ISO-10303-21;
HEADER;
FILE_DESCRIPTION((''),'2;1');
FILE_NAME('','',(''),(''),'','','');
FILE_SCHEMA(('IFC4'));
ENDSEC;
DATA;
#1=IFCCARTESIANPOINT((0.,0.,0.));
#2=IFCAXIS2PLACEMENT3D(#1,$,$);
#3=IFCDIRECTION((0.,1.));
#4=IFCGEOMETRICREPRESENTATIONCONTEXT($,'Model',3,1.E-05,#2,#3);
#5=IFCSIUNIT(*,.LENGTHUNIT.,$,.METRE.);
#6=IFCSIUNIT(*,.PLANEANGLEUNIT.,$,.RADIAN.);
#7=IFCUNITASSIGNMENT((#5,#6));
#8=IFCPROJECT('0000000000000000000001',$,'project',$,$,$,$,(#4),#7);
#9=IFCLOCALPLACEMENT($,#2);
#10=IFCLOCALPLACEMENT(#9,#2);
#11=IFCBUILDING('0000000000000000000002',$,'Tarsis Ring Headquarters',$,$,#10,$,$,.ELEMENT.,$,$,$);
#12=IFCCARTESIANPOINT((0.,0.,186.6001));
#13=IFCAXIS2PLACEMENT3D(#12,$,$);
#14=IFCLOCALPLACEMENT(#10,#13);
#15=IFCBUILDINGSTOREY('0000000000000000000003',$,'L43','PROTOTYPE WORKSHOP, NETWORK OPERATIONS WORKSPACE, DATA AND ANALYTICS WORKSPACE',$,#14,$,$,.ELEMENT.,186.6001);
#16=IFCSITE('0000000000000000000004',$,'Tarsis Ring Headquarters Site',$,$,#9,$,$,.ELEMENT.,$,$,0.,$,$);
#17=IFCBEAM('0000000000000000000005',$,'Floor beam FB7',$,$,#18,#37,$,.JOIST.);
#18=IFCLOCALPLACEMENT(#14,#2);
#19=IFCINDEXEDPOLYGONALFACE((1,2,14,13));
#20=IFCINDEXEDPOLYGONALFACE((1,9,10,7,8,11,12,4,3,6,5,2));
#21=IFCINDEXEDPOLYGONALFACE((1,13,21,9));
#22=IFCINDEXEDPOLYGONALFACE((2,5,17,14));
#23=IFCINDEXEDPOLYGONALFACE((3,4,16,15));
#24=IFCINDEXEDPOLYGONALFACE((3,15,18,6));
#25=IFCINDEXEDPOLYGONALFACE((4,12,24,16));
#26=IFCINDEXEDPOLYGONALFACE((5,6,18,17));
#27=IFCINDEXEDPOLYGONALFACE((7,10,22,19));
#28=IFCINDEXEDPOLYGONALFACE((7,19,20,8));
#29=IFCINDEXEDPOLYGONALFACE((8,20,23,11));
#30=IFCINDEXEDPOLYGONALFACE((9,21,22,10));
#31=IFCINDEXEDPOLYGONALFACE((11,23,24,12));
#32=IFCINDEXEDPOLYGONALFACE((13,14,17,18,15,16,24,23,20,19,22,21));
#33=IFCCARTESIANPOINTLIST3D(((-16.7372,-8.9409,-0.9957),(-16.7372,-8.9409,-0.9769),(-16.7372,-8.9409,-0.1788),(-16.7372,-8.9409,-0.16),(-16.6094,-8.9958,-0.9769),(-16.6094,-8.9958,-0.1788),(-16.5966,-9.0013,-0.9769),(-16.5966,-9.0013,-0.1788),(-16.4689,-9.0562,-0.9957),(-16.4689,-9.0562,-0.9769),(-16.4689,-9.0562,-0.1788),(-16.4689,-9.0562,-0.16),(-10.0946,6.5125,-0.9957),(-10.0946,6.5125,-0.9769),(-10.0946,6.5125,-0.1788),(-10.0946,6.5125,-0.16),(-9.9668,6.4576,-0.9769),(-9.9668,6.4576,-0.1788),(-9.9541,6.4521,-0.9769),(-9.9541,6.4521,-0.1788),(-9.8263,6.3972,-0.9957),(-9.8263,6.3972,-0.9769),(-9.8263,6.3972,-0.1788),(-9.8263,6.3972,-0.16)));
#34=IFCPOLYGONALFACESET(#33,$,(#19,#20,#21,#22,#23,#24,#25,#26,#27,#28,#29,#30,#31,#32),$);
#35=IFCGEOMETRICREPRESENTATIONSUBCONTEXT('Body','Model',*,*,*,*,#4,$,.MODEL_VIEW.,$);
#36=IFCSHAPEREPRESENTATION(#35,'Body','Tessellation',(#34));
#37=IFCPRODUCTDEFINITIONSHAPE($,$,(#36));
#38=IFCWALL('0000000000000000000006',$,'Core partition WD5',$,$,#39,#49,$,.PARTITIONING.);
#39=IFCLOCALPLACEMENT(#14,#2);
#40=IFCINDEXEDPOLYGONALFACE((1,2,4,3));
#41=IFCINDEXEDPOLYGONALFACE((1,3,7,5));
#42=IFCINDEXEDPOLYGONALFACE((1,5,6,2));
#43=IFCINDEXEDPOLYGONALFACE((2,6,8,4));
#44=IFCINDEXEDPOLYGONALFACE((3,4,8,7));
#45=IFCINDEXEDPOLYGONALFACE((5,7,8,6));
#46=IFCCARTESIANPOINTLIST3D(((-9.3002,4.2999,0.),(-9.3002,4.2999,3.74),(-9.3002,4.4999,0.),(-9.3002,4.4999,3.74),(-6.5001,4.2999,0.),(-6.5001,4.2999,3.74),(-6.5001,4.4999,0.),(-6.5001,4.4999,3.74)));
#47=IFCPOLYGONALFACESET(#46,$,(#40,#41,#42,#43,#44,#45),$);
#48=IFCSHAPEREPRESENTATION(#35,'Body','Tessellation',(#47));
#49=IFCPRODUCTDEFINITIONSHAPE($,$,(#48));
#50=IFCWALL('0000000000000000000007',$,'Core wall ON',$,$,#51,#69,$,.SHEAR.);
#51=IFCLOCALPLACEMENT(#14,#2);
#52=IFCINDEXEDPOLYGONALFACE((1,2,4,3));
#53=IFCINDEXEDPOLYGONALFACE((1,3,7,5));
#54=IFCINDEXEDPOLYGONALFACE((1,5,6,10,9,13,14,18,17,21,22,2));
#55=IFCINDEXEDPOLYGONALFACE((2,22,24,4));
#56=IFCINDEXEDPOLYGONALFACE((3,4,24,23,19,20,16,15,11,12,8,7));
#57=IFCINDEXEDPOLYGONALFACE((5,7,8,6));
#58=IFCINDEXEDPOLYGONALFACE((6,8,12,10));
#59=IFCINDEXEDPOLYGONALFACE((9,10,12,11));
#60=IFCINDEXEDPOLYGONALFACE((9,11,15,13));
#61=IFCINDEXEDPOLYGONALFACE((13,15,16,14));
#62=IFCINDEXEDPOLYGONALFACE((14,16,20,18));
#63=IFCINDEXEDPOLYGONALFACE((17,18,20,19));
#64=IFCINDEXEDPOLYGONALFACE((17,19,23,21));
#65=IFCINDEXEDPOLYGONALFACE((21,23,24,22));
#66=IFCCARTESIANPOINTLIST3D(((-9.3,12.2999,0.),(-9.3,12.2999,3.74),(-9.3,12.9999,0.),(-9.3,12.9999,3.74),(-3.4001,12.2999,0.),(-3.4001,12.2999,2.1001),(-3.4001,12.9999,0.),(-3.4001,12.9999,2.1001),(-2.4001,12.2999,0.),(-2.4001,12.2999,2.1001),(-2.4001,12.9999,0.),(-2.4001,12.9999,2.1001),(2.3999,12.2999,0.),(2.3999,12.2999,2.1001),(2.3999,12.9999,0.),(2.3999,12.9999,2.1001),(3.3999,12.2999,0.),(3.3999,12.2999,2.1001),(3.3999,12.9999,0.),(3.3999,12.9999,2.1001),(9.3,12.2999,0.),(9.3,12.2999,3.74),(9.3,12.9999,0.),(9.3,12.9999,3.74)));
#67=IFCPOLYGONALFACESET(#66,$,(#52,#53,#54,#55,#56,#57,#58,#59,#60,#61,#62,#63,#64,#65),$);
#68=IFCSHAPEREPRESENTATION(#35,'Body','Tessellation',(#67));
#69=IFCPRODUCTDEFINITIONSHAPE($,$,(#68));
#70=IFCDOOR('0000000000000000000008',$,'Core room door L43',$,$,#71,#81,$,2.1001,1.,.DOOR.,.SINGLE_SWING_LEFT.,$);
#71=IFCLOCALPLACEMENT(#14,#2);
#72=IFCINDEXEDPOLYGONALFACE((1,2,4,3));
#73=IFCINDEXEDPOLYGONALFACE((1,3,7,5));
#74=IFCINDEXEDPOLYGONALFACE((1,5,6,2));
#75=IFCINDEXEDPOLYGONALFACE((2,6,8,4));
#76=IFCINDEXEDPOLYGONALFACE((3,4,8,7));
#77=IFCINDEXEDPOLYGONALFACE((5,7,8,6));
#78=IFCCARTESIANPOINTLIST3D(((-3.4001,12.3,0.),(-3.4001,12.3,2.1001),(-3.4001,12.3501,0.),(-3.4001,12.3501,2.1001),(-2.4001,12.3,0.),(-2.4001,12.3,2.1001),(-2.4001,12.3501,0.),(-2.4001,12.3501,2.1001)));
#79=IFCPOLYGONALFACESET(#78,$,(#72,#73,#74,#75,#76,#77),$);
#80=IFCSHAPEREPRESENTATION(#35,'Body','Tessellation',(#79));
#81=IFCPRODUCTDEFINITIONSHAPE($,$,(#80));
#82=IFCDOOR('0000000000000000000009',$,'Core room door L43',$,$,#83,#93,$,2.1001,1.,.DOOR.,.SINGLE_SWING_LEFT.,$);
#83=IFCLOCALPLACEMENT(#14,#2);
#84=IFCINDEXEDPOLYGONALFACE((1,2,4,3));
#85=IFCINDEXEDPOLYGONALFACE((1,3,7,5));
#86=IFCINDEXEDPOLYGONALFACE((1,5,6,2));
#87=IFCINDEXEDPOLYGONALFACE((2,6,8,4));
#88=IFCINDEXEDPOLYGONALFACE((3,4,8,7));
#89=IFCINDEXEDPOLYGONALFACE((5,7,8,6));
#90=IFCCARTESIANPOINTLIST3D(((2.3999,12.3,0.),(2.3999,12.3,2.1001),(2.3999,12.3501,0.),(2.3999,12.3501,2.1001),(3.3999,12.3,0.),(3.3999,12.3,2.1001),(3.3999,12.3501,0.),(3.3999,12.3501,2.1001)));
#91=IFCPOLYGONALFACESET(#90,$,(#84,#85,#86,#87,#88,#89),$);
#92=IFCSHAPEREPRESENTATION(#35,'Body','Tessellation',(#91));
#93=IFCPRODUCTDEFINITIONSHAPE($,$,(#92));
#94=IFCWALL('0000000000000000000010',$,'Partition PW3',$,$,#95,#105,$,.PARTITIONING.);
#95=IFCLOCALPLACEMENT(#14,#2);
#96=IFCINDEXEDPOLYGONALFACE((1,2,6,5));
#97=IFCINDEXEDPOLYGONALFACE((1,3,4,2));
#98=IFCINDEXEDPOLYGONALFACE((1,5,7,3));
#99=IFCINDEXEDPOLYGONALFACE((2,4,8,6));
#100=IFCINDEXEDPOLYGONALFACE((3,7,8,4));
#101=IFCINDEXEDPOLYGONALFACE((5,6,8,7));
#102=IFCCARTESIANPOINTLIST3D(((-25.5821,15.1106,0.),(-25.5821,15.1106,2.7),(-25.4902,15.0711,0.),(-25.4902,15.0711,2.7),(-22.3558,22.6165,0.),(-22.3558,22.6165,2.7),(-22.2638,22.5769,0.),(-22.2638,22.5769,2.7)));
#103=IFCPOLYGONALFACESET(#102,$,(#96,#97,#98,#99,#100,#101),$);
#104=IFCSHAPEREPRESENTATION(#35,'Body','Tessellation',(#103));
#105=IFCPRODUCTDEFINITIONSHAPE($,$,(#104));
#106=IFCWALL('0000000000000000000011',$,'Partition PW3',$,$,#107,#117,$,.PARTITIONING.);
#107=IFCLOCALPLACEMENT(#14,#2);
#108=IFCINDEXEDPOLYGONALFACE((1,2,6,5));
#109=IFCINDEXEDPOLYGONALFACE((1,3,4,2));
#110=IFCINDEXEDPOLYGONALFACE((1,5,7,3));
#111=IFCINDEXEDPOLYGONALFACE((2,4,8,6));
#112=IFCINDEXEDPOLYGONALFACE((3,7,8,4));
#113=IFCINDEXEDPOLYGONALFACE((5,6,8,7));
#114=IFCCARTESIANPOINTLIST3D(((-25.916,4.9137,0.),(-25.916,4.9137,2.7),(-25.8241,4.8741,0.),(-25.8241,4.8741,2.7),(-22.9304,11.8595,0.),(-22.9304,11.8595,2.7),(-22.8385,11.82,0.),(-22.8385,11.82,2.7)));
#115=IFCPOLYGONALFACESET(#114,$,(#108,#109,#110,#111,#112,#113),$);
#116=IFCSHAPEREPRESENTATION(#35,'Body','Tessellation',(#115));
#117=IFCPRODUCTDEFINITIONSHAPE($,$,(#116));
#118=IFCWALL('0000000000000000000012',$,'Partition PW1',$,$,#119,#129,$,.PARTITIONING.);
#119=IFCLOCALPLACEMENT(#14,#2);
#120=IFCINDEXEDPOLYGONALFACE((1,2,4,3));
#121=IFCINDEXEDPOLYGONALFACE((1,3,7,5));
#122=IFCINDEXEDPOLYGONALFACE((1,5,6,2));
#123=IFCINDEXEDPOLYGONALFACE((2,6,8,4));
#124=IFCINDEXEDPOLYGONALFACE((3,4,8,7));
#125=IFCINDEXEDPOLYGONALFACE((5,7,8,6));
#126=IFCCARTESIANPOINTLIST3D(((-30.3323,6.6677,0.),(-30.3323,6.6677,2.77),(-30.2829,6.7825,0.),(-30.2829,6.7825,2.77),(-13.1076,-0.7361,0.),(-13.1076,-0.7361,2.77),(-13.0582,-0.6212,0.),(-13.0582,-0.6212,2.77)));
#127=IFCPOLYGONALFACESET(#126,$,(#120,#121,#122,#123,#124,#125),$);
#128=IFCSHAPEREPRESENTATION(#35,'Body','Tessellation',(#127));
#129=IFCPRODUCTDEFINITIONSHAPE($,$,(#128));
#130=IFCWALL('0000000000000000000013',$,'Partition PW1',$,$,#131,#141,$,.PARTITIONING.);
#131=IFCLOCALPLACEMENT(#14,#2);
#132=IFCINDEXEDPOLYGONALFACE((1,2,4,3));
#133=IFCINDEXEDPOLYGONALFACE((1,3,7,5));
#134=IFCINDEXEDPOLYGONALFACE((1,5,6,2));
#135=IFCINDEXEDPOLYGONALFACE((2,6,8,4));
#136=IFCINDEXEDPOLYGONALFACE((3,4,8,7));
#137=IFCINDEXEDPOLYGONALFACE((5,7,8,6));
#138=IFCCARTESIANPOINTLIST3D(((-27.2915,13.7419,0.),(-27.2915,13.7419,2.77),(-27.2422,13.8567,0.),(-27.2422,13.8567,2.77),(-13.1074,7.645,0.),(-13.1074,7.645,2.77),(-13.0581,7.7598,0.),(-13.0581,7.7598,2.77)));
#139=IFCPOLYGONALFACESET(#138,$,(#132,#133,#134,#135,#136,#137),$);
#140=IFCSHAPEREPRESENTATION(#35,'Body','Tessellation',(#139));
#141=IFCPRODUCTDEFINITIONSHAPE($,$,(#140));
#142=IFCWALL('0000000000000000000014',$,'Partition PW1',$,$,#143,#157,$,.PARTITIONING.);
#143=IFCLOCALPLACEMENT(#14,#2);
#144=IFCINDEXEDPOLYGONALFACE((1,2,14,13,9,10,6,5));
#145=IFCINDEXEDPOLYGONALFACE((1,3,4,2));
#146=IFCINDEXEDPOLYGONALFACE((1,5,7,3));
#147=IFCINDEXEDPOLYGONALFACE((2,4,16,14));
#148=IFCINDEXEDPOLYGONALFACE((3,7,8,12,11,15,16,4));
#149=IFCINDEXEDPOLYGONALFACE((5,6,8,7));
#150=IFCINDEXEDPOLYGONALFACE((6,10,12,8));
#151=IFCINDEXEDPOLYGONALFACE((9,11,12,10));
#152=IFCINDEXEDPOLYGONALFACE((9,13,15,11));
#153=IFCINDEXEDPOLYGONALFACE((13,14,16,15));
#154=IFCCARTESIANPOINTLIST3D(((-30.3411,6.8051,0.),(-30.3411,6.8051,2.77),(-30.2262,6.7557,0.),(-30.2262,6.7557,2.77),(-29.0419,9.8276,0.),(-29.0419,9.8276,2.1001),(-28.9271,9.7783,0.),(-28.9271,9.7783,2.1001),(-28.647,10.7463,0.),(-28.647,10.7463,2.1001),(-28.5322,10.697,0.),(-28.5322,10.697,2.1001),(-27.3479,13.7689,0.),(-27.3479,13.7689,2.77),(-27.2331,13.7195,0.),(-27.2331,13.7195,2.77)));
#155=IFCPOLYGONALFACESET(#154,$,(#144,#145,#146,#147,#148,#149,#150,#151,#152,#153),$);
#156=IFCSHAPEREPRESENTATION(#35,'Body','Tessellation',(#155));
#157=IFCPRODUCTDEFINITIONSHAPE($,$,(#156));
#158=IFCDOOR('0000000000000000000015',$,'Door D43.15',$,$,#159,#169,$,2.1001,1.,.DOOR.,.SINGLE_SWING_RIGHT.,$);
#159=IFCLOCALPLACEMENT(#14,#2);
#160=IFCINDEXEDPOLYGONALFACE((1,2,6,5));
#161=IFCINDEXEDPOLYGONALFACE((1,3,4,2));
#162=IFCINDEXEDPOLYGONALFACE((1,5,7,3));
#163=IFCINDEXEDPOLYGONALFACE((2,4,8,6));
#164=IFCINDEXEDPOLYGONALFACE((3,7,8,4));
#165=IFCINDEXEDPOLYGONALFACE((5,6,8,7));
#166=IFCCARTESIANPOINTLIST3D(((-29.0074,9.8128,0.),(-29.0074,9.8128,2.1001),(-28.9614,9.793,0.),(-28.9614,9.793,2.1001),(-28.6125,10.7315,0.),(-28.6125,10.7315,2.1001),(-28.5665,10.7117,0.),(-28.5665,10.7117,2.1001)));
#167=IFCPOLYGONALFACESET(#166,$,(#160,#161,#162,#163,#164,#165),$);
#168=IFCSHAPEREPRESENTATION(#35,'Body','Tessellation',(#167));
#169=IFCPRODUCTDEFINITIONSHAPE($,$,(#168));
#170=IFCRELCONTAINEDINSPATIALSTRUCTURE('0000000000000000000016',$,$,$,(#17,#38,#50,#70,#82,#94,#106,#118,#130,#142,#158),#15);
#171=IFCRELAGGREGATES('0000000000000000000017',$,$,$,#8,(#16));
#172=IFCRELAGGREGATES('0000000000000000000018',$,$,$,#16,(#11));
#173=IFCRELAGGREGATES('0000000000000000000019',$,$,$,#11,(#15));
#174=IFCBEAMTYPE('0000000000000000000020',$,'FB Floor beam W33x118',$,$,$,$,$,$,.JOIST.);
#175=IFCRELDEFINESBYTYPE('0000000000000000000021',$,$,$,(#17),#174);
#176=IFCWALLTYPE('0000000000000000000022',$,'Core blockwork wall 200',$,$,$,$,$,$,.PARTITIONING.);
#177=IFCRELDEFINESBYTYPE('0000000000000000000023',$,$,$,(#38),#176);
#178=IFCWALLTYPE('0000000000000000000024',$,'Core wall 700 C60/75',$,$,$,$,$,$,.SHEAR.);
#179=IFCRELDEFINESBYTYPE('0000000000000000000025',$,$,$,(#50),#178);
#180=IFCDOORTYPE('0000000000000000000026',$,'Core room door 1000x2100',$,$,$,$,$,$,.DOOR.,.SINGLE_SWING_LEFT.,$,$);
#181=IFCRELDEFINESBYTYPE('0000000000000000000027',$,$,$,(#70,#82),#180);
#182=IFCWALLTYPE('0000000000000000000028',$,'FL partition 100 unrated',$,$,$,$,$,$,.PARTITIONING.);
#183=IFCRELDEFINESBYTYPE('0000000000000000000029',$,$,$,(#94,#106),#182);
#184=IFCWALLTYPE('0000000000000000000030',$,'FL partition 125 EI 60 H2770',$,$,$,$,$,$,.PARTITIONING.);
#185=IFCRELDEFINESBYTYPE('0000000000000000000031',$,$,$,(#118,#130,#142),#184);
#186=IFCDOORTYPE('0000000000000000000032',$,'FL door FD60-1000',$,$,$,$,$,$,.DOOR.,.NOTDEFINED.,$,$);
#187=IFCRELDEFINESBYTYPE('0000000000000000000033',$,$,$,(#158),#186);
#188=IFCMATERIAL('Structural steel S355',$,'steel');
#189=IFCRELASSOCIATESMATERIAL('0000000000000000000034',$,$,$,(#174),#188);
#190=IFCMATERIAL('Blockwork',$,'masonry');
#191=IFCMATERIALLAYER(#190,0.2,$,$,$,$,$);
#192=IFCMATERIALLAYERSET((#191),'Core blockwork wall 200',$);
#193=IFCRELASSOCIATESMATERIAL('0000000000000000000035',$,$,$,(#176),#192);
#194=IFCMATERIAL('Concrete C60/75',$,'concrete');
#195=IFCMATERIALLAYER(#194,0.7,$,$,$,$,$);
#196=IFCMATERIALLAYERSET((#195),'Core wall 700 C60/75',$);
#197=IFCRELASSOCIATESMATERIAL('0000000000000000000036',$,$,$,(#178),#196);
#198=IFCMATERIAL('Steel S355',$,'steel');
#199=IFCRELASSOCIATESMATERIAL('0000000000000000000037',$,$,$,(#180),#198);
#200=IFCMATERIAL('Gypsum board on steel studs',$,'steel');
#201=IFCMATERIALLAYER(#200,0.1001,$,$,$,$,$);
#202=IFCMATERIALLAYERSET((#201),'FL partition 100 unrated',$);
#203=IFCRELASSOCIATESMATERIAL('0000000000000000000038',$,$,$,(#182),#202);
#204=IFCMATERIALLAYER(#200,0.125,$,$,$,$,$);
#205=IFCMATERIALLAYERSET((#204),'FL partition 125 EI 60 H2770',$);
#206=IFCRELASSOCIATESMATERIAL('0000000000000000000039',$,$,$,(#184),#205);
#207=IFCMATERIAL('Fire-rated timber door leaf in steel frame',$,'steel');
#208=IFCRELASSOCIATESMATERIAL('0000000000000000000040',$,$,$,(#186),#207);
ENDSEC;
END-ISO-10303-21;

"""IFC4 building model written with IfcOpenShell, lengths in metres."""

from ifc_helpers import new_model, si_unit, direction, frame, frame_2d, origin, origin_2d, place, context, subcontext, project, spatial, rectangle, i_section, extrude, material, layer, layer_set, material_profile, profile_set, type_object, element, fill, save


model = new_model("IFC4")

# Units and contexts
model_context = context("Model", 3, precision=1e-05, world=origin(), true_north=direction((0.0, 1.0)))
body_context = subcontext(model_context, "Body", "Model", "MODEL_VIEW")
ifc_project = project(units=[si_unit("LENGTHUNIT", "METRE"), si_unit("PLANEANGLEUNIT", "RADIAN")], contexts=[model_context])

# Site, building, storey
site_placement = place(None, origin())
site = spatial("IfcSite", under=ifc_project, at=site_placement, Name="Tarsis Ring Headquarters Site", CompositionType="ELEMENT", RefElevation=0.0)
building_placement = place(site_placement, origin())
building = spatial("IfcBuilding", under=site, at=building_placement, Name="Tarsis Ring Headquarters", CompositionType="ELEMENT")
storey_placement = place(building_placement, frame((0.0, 0.0, 186.6001)))
storey = spatial("IfcBuildingStorey", under=building, at=storey_placement, Name="L43", Description="PROTOTYPE WORKSHOP, NETWORK OPERATIONS WORKSPACE, DATA AND ANALYTICS WORKSPACE", CompositionType="ELEMENT", Elevation=186.6001)

# Beam
ifc_material_1 = material(Name="Structural steel S355", Category="steel")
ifc_material_profile = material_profile(ifc_material_1, i_section(OverallWidth=0.292, OverallDepth=0.8357, WebThickness=0.0139, FlangeThickness=0.0188, at=origin_2d()), Name="W33x118")
ifc_profile_set = profile_set([ifc_material_profile], Name="Structural steel S355")
beam_type = type_object("IfcBeamType", Name="FB Floor beam W33x118", PredefinedType="JOIST", material=ifc_profile_set)
beam_placement = place(storey_placement, frame((-9.9604, 6.4548, -0.5779), z_axis=(-0.394909, -0.91872, 0.0), x_axis=(0.91872, -0.394909, 0.0)))
element("IfcBeam", 1, at=beam_placement, inside=storey, type_object=beam_type, Name="Floor beam FB7", PredefinedType="JOIST", context=body_context, shape_type="SweptSolid", body=[
    extrude(i_section(OverallWidth=0.292, OverallDepth=0.8357, WebThickness=0.0139, FlangeThickness=0.0188, at=origin_2d()), origin(), (0.0, 0.0, 1.0), 16.8206),
])

# Wall
ifc_material_2 = material(Name="Blockwork", Category="masonry")
ifc_layer_1 = layer(ifc_material_2, 0.2)
ifc_layer_set_1 = layer_set([ifc_layer_1], Name="Core blockwork wall 200")
wall_type_1 = type_object("IfcWallType", Name="Core blockwork wall 200", PredefinedType="PARTITIONING", material=ifc_layer_set_1)
wall_1_placement = place(storey_placement, frame((-9.3, 4.3999, 0.0), z_axis=(0.0, 0.0, 1.0), x_axis=(1.0, 0.0, 0.0)))
element("IfcWall", 2, at=wall_1_placement, inside=storey, type_object=wall_type_1, Name="Core partition WD5", PredefinedType="PARTITIONING", context=body_context, shape_type="SweptSolid", body=[
    extrude(rectangle(XDim=2.8, YDim=0.2, at=frame_2d((1.3999, 0.0))), origin(), (0.0, 0.0, 1.0), 3.74),
])

# Wall, openings, doors
ifc_material_3 = material(Name="Concrete C60/75", Category="concrete")
ifc_layer_2 = layer(ifc_material_3, 0.7)
ifc_layer_set_2 = layer_set([ifc_layer_2], Name="Core wall 700 C60/75")
wall_type_2 = type_object("IfcWallType", Name="Core wall 700 C60/75", PredefinedType="SHEAR", material=ifc_layer_set_2)
wall_2_placement = place(storey_placement, frame((-9.3, 12.6499, 0.0), z_axis=(0.0, 0.0, 1.0), x_axis=(1.0, 0.0, 0.0)))
wall_2 = element("IfcWall", 3, at=wall_2_placement, inside=storey, type_object=wall_type_2, Name="Core wall ON", PredefinedType="SHEAR", context=body_context, shape_type="SweptSolid", body=[
    extrude(rectangle(XDim=18.6001, YDim=0.7, at=frame_2d((9.3, 0.0))), origin(), (0.0, 0.0, 1.0), 3.74),
])
opening_1_placement = place(wall_2_placement, frame((5.8999, 0.0, 0.0)))
opening_1 = element("IfcOpeningElement", 4, at=opening_1_placement, cuts=wall_2, PredefinedType="OPENING", context=body_context, shape_type="SweptSolid", body=[
    extrude(rectangle(XDim=1.0, YDim=2.1001, at=frame_2d((0.5, 1.05))), frame((0.0, 0.3599, 0.0), z_axis=(0.0, -1.0, 0.0), x_axis=(1.0, 0.0, 0.0)), (0.0, 0.0, 1.0), 0.72),
])
opening_2_placement = place(wall_2_placement, frame((11.7, 0.0, 0.0)))
opening_2 = element("IfcOpeningElement", 5, at=opening_2_placement, cuts=wall_2, PredefinedType="OPENING", context=body_context, shape_type="SweptSolid", body=[
    extrude(rectangle(XDim=1.0, YDim=2.1001, at=frame_2d((0.5, 1.05))), frame((0.0, 0.3599, 0.0), z_axis=(0.0, -1.0, 0.0), x_axis=(1.0, 0.0, 0.0)), (0.0, 0.0, 1.0), 0.72),
])
ifc_material_4 = material(Name="Steel S355", Category="steel")
door_type_1 = type_object("IfcDoorType", Name="Core room door 1000x2100", OperationType="SINGLE_SWING_LEFT", PredefinedType="DOOR", material=ifc_material_4)
door_1_placement = place(opening_1_placement, origin())
door_1 = element("IfcDoor", 6, at=door_1_placement, inside=storey, type_object=door_type_1, Name="Core room door L43", OperationType="SINGLE_SWING_LEFT", OverallHeight=2.1001, OverallWidth=1.0, PredefinedType="DOOR", context=body_context, shape_type="SweptSolid", body=[
    extrude(rectangle(XDim=1.0, YDim=2.1001, at=frame_2d((0.5, 1.05))), frame((0.0, -0.2998, 0.0), z_axis=(0.0, -1.0, 0.0), x_axis=(1.0, 0.0, 0.0)), (0.0, 0.0, 1.0), 0.05),
])
fill(opening_1, door_1)
door_2_placement = place(opening_2_placement, origin())
door_2 = element("IfcDoor", 7, at=door_2_placement, inside=storey, type_object=door_type_1, Name="Core room door L43", OperationType="SINGLE_SWING_LEFT", OverallHeight=2.1001, OverallWidth=1.0, PredefinedType="DOOR", context=body_context, shape_type="SweptSolid", body=[
    extrude(rectangle(XDim=1.0, YDim=2.1001, at=frame_2d((0.5, 1.05))), frame((0.0, -0.2998, 0.0), z_axis=(0.0, -1.0, 0.0), x_axis=(1.0, 0.0, 0.0)), (0.0, 0.0, 1.0), 0.05),
])
fill(opening_2, door_2)

# Walls
ifc_material_5 = material(Name="Gypsum board on steel studs", Category="steel")
ifc_layer_3 = layer(ifc_material_5, 0.1001)
ifc_layer_set_3 = layer_set([ifc_layer_3], Name="FL partition 100 unrated")
wall_type_3 = type_object("IfcWallType", Name="FL partition 100 unrated", PredefinedType="PARTITIONING", material=ifc_layer_set_3)
wall_3_placement = place(storey_placement, frame((-25.5361, 15.0908, 0.0), z_axis=(0.0, 0.0, 1.0), x_axis=(0.394904, 0.918723, 0.0)))
element("IfcWall", 8, at=wall_3_placement, inside=storey, type_object=wall_type_3, Name="Partition PW3", PredefinedType="PARTITIONING", context=body_context, shape_type="SweptSolid", body=[
    extrude(rectangle(XDim=8.1699, YDim=0.1001, at=frame_2d((4.085, 0.0))), origin(), (0.0, 0.0, 1.0), 2.7),
])
wall_4_placement = place(storey_placement, frame((-25.8701, 4.8938, 0.0), z_axis=(0.0, 0.0, 1.0), x_axis=(0.394905, 0.918722, 0.0)))
element("IfcWall", 9, at=wall_4_placement, inside=storey, type_object=wall_type_3, Name="Partition PW3", PredefinedType="PARTITIONING", context=body_context, shape_type="SweptSolid", body=[
    extrude(rectangle(XDim=7.5603, YDim=0.1001, at=frame_2d((3.7803, 0.0))), origin(), (0.0, 0.0, 1.0), 2.7),
])
ifc_layer_4 = layer(ifc_material_5, 0.125)
ifc_layer_set_4 = layer_set([ifc_layer_4], Name="FL partition 125 EI 60 H2770")
wall_type_4 = type_object("IfcWallType", Name="FL partition 125 EI 60 H2770", PredefinedType="PARTITIONING", material=ifc_layer_set_4)
wall_5_placement = place(storey_placement, frame((-30.3076, 6.7251, 0.0), z_axis=(0.0, 0.0, 1.0), x_axis=(0.918725, -0.394898, 0.0)))
element("IfcWall", 10, at=wall_5_placement, inside=storey, type_object=wall_type_4, Name="Partition PW1", PredefinedType="PARTITIONING", context=body_context, shape_type="SweptSolid", body=[
    extrude(rectangle(XDim=18.7485, YDim=0.125, at=frame_2d((9.3743, 0.0))), origin(), (0.0, 0.0, 1.0), 2.77),
])
wall_6_placement = place(storey_placement, frame((-27.2668, 13.7993, 0.0), z_axis=(0.0, 0.0, 1.0), x_axis=(0.918722, -0.394906, 0.0)))
element("IfcWall", 11, at=wall_6_placement, inside=storey, type_object=wall_type_4, Name="Partition PW1", PredefinedType="PARTITIONING", context=body_context, shape_type="SweptSolid", body=[
    extrude(rectangle(XDim=15.439, YDim=0.125, at=frame_2d((7.7195, 0.0))), origin(), (0.0, 0.0, 1.0), 2.77),
])

# Wall, opening, door
wall_7_placement = place(storey_placement, frame((-30.2837, 6.7803, 0.0), z_axis=(0.0, 0.0, 1.0), x_axis=(0.394883, 0.918731, 0.0)))
wall_7 = element("IfcWall", 12, at=wall_7_placement, inside=storey, type_object=wall_type_4, Name="Partition PW1", PredefinedType="PARTITIONING", context=body_context, shape_type="SweptSolid", body=[
    extrude(rectangle(XDim=7.5798, YDim=0.125, at=frame_2d((3.79, 0.0))), origin(), (0.0, 0.0, 1.0), 2.77),
])
opening_3_placement = place(wall_7_placement, frame((3.29, 0.0, 0.0)))
opening_3 = element("IfcOpeningElement", 13, at=opening_3_placement, cuts=wall_7, PredefinedType="OPENING", context=body_context, shape_type="SweptSolid", body=[
    extrude(rectangle(XDim=1.0, YDim=2.1001, at=frame_2d((0.5, 1.05))), frame((0.0, 0.0725, 0.0), z_axis=(0.0, -1.0, 0.0), x_axis=(1.0, 0.0, 0.0)), (0.0, 0.0, 1.0), 0.145),
])
ifc_material_6 = material(Name="Fire-rated timber door leaf in steel frame", Category="steel")
door_type_2 = type_object("IfcDoorType", Name="FL door FD60-1000", OperationType="NOTDEFINED", PredefinedType="DOOR", material=ifc_material_6)
door_3_placement = place(opening_3_placement, origin())
door_3 = element("IfcDoor", 14, at=door_3_placement, inside=storey, type_object=door_type_2, Name="Door D43.15", OperationType="SINGLE_SWING_RIGHT", OverallHeight=2.1001, OverallWidth=1.0, PredefinedType="DOOR", context=body_context, shape_type="SweptSolid", body=[
    extrude(rectangle(XDim=1.0, YDim=2.1001, at=frame_2d((0.5, 1.05))), frame((0.0, 0.0249, 0.0), z_axis=(0.0, -1.0, 0.0), x_axis=(1.0, 0.0, 0.0)), (0.0, 0.0, 1.0), 0.05),
])
fill(opening_3, door_3)

save(model, "model.ifc")
